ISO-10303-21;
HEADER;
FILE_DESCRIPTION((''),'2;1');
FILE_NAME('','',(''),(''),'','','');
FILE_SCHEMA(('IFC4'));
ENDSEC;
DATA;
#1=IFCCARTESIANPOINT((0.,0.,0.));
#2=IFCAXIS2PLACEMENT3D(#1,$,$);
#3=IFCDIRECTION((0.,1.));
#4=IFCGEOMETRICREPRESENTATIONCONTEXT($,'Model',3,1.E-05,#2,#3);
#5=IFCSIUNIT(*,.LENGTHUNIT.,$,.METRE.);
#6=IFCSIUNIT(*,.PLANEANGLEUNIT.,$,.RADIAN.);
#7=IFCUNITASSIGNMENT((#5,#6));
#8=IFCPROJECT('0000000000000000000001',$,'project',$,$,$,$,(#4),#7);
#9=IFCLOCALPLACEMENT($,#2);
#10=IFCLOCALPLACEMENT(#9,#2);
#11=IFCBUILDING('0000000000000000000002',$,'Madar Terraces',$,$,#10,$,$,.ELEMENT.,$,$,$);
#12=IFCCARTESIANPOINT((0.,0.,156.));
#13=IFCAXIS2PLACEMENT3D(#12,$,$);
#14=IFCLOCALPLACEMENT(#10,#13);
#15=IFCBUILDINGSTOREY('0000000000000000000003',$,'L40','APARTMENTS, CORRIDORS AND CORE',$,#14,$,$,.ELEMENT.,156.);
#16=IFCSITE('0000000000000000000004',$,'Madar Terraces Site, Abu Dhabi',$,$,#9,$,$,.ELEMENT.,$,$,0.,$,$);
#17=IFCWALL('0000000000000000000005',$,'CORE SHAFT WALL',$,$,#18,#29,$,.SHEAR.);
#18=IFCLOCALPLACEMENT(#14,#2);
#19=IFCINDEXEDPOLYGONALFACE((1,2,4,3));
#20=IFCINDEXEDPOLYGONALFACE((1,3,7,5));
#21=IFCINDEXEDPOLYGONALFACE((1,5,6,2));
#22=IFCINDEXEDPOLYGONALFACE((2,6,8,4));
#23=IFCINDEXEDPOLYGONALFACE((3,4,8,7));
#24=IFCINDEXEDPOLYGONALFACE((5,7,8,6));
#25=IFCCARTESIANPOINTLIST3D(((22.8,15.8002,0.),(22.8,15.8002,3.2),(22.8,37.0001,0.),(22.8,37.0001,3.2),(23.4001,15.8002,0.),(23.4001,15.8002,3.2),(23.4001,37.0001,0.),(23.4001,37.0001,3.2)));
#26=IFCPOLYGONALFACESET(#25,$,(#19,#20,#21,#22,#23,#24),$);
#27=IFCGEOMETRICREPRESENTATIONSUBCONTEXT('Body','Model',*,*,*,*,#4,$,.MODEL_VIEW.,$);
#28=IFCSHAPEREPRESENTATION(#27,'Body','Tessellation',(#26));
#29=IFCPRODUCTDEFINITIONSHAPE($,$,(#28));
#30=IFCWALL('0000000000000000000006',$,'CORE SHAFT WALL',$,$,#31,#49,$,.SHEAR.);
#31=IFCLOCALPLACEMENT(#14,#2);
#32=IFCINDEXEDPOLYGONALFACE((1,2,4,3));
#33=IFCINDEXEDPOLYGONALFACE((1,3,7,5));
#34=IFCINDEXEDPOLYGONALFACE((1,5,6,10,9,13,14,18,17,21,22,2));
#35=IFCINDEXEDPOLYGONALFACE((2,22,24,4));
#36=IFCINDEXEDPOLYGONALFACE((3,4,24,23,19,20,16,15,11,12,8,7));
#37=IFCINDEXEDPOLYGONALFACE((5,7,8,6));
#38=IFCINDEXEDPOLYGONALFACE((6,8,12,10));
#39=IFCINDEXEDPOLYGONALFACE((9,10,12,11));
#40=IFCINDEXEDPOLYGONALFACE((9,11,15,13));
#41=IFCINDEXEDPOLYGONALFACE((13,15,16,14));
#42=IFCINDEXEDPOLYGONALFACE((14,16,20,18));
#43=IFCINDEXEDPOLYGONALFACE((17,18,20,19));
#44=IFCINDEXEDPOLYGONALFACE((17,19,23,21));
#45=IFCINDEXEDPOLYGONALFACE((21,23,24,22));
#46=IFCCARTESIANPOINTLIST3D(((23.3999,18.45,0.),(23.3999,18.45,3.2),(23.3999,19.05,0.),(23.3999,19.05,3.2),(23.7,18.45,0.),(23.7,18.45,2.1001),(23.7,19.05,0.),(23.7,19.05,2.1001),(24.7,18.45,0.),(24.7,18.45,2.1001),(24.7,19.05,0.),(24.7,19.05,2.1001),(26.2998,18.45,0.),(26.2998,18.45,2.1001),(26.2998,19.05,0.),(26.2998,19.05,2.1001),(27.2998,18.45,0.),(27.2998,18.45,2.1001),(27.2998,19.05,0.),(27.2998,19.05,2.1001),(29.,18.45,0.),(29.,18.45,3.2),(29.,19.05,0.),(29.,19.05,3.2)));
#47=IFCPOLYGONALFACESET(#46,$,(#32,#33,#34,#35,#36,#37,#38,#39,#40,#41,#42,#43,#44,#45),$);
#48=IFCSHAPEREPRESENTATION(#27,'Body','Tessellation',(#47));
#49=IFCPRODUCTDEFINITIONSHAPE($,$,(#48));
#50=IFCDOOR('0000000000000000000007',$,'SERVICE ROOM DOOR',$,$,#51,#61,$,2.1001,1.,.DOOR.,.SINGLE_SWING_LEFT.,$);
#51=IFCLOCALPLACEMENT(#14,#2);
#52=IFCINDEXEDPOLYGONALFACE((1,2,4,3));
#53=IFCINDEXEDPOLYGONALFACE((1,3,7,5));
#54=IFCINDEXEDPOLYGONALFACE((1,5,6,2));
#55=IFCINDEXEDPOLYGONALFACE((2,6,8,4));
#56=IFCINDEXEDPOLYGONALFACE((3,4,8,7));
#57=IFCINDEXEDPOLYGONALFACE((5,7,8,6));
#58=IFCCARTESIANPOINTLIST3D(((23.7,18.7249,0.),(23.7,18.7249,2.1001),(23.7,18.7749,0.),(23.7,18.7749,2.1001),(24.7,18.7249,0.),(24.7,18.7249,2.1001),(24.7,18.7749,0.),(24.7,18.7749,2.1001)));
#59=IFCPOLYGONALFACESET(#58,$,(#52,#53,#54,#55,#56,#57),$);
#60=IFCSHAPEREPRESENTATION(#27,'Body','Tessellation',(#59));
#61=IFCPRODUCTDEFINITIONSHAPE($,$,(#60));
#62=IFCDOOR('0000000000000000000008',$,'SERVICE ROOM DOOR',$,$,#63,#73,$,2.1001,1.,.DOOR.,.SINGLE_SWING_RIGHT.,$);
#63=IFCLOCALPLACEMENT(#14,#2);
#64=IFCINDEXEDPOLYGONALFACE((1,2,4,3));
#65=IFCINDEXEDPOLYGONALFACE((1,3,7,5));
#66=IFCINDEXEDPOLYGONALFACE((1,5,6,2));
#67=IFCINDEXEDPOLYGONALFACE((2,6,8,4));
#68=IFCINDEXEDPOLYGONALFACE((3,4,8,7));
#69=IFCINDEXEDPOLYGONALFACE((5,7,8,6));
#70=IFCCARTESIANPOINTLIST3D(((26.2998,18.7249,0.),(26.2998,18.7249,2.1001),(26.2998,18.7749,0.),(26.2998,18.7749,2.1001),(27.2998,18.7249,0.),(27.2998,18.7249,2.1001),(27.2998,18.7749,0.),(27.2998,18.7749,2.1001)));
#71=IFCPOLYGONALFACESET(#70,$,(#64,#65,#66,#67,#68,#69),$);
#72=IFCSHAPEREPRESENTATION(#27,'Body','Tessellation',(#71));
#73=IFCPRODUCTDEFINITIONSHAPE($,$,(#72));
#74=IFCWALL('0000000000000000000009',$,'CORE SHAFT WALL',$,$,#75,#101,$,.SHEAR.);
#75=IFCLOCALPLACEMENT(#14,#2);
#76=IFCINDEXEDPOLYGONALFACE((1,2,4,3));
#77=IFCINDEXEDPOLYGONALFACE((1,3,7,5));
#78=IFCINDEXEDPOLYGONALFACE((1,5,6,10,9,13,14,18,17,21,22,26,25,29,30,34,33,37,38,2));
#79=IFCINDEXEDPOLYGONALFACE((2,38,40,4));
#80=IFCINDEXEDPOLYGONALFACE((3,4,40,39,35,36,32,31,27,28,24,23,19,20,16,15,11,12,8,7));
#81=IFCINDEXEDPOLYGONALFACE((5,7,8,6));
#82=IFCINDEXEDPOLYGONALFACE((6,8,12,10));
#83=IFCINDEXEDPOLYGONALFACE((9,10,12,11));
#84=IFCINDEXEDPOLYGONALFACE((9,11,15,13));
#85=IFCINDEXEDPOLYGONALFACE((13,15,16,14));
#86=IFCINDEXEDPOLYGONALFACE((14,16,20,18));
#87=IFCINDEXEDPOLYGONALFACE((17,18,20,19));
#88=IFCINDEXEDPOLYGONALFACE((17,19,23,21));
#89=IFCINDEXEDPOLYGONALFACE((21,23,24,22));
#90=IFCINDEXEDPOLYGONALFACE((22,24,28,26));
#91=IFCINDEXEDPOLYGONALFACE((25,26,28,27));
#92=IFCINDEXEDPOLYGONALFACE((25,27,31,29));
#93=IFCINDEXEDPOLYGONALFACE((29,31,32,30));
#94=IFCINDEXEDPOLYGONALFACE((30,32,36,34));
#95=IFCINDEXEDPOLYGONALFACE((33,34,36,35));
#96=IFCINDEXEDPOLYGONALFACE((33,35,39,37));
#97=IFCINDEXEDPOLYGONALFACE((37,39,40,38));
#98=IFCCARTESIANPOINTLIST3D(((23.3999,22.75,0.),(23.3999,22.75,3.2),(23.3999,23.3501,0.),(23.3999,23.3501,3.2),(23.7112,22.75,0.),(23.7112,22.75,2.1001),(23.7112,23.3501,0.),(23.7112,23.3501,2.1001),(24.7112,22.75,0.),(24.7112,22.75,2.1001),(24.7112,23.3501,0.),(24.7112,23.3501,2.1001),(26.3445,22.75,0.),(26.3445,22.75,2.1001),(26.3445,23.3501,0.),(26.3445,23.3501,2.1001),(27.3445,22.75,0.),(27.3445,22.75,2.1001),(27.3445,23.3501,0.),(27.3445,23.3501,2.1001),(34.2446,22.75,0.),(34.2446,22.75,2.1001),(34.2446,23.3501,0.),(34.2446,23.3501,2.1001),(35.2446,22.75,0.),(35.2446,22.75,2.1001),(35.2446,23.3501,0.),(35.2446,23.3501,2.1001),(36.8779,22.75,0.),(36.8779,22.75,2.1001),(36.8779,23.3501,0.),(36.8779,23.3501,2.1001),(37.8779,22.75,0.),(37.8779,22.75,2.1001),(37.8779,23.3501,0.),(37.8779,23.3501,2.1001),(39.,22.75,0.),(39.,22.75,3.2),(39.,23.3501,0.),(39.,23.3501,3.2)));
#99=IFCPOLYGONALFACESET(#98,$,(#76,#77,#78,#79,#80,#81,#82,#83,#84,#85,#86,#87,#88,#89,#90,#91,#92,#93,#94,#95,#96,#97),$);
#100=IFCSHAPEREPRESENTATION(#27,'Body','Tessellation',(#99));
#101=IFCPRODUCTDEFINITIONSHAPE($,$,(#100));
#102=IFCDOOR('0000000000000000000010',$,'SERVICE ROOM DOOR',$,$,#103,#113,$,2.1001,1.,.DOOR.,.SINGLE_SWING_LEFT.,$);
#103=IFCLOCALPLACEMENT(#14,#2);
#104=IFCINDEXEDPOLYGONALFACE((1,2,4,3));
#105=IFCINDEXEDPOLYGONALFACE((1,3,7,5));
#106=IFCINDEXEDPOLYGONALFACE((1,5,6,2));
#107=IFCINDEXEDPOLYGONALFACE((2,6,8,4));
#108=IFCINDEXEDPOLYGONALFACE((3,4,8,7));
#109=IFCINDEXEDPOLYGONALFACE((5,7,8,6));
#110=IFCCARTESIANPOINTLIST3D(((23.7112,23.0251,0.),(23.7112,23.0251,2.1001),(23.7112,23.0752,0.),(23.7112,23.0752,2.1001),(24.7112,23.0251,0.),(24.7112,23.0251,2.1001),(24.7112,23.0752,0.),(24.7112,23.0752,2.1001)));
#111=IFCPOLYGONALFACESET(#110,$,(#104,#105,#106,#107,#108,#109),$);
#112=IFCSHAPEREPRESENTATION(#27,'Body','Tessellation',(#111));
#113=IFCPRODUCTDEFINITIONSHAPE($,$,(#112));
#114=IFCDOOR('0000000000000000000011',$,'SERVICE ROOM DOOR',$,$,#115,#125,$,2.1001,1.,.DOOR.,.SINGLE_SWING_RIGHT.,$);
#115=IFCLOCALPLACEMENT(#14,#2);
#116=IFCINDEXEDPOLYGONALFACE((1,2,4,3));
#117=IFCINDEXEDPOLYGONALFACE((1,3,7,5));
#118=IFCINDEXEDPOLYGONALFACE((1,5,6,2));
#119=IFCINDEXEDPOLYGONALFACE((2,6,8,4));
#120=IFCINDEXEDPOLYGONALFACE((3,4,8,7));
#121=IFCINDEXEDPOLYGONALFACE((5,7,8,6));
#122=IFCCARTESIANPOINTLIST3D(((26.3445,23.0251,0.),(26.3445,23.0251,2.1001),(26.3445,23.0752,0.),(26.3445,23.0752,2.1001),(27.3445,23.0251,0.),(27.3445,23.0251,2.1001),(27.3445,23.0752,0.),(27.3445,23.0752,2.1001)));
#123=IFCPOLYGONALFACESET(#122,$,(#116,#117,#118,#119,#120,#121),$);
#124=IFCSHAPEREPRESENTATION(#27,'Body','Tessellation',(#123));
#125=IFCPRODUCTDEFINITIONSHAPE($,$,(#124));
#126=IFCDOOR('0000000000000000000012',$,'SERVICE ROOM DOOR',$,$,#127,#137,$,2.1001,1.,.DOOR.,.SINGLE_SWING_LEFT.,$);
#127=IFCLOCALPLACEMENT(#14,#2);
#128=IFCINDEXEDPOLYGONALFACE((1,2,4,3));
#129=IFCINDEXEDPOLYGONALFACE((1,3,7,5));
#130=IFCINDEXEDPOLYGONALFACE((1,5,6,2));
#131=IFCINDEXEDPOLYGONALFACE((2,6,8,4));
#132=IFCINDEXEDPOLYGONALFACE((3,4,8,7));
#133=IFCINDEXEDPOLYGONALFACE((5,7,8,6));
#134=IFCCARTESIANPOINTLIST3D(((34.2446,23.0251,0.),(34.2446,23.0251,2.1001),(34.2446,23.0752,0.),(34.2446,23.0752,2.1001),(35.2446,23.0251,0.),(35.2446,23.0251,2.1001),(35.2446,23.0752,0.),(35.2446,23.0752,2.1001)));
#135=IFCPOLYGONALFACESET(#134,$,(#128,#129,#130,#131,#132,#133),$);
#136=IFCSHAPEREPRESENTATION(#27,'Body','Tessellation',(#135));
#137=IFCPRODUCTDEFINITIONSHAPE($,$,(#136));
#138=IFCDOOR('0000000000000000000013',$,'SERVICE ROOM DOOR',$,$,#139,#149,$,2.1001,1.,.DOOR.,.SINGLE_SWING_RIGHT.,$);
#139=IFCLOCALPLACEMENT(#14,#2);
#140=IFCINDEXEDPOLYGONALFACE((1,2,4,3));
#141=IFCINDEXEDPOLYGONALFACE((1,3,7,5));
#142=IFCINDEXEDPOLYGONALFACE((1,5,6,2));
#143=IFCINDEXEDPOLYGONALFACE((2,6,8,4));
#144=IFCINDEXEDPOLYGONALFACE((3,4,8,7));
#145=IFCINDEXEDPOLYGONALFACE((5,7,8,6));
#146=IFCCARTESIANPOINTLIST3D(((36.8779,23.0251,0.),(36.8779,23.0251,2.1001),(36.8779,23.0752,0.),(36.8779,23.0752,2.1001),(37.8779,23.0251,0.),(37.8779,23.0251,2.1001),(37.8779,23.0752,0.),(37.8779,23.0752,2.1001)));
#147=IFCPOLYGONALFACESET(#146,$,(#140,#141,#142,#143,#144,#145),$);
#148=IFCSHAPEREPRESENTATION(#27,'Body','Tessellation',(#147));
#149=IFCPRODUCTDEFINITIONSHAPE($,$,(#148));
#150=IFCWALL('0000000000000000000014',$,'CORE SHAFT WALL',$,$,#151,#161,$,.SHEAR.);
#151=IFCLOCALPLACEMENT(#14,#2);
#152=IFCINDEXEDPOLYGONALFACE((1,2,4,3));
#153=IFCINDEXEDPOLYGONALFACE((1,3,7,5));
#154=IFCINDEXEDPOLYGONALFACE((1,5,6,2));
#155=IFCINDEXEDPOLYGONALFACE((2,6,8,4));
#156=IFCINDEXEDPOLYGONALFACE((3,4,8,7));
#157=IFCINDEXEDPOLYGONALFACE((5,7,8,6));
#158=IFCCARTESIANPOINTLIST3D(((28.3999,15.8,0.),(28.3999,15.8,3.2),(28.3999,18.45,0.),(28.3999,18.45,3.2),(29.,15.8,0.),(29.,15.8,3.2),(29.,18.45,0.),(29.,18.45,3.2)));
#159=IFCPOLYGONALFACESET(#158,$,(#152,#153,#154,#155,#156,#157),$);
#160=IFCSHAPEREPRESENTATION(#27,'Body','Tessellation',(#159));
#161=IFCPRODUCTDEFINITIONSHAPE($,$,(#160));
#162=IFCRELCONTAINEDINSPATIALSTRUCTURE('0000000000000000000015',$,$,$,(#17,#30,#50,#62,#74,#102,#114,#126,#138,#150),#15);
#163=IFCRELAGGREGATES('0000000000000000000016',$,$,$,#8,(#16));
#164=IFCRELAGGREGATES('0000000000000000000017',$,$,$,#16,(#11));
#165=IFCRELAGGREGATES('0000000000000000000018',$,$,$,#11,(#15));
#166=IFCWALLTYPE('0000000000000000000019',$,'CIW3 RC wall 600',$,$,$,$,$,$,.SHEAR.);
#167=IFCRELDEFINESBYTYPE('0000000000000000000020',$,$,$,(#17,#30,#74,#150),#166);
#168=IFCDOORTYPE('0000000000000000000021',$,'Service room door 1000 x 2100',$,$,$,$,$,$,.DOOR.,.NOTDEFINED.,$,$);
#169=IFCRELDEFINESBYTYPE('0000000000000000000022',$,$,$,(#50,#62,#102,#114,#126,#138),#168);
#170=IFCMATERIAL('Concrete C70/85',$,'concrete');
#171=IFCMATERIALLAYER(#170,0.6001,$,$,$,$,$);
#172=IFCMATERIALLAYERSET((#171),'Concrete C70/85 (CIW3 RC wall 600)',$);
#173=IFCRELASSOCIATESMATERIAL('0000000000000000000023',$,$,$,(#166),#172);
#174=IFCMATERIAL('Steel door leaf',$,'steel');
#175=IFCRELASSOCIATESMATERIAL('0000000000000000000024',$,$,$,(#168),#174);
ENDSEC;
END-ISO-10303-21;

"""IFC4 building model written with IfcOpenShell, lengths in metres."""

from ifc_helpers import new_model, si_unit, direction, frame, frame_2d, origin, place, context, subcontext, project, spatial, rectangle, extrude, material, layer, layer_set, type_object, element, fill, save


model = new_model("IFC4")

# Units and contexts
model_context = context("Model", 3, precision=1e-05, world=origin(), true_north=direction((0.0, 1.0)))
body_context = subcontext(model_context, "Body", "Model", "MODEL_VIEW")
ifc_project = project(units=[si_unit("LENGTHUNIT", "METRE"), si_unit("PLANEANGLEUNIT", "RADIAN")], contexts=[model_context])

# Site, building, storey
site_placement = place(None, origin())
site = spatial("IfcSite", under=ifc_project, at=site_placement, Name="Madar Terraces Site, Abu Dhabi", CompositionType="ELEMENT", RefElevation=0.0)
building_placement = place(site_placement, origin())
building = spatial("IfcBuilding", under=site, at=building_placement, Name="Madar Terraces", CompositionType="ELEMENT")
storey_placement = place(building_placement, frame((0.0, 0.0, 156.0)))
storey = spatial("IfcBuildingStorey", under=building, at=storey_placement, Name="L40", Description="APARTMENTS, CORRIDORS AND CORE", CompositionType="ELEMENT", Elevation=156.0)

# Wall
ifc_material_1 = material(Name="Concrete C70/85", Category="concrete")
ifc_layer_1 = layer(ifc_material_1, 0.6001)
ifc_layer_set_1 = layer_set([ifc_layer_1], Name="Concrete C70/85 (CIW3 RC wall 600)")
wall_type_1 = type_object("IfcWallType", Name="CIW3 RC wall 600", PredefinedType="SHEAR", material=ifc_layer_set_1)
wall_1_placement = place(storey_placement, frame((23.1001, 15.8, 0.0), z_axis=(0.0, 0.0, 1.0), x_axis=(0.0, 1.0, 0.0)))
element("IfcWall", 1, at=wall_1_placement, inside=storey, type_object=wall_type_1, Name="CORE SHAFT WALL", PredefinedType="SHEAR", context=body_context, shape_type="SweptSolid", body=[
    extrude(rectangle(XDim=21.2, YDim=0.6001, at=frame_2d((10.6001, 0.0))), origin(), (0.0, 0.0, 1.0), 3.2),
])

# Walls, openings, doors
wall_2_placement = place(storey_placement, frame((23.3999, 18.75, 0.0), z_axis=(0.0, 0.0, 1.0), x_axis=(1.0, 0.0, 0.0)))
wall_2 = element("IfcWall", 2, at=wall_2_placement, inside=storey, type_object=wall_type_1, Name="CORE SHAFT WALL", PredefinedType="SHEAR", context=body_context, shape_type="SweptSolid", body=[
    extrude(rectangle(XDim=5.6001, YDim=0.6001, at=frame_2d((2.8, 0.0))), origin(), (0.0, 0.0, 1.0), 3.2),
])
opening_1_placement = place(wall_2_placement, frame((0.3, 0.0, 0.0)))
opening_1 = element("IfcOpeningElement", 3, at=opening_1_placement, cuts=wall_2, PredefinedType="OPENING", context=body_context, shape_type="SweptSolid", body=[
    extrude(rectangle(XDim=1.0, YDim=2.1001, at=frame_2d((0.5, 1.05))), frame((0.0, 0.3101, 0.0), z_axis=(0.0, -1.0, 0.0), x_axis=(1.0, 0.0, 0.0)), (0.0, 0.0, 1.0), 0.6201),
])
opening_2_placement = place(wall_2_placement, frame((2.8999, 0.0, 0.0)))
opening_2 = element("IfcOpeningElement", 4, at=opening_2_placement, cuts=wall_2, PredefinedType="OPENING", context=body_context, shape_type="SweptSolid", body=[
    extrude(rectangle(XDim=1.0, YDim=2.1001, at=frame_2d((0.5, 1.05))), frame((0.0, 0.3101, 0.0), z_axis=(0.0, -1.0, 0.0), x_axis=(1.0, 0.0, 0.0)), (0.0, 0.0, 1.0), 0.6201),
])
ifc_material_2 = material(Name="Steel door leaf", Category="steel")
door_type = type_object("IfcDoorType", Name="Service room door 1000 x 2100", OperationType="NOTDEFINED", PredefinedType="DOOR", material=ifc_material_2)
door_1_placement = place(opening_1_placement, origin())
door_1 = element("IfcDoor", 5, at=door_1_placement, inside=storey, type_object=door_type, Name="SERVICE ROOM DOOR", OperationType="SINGLE_SWING_LEFT", OverallHeight=2.1001, OverallWidth=1.0, PredefinedType="DOOR", context=body_context, shape_type="SweptSolid", body=[
    extrude(rectangle(XDim=1.0, YDim=2.1001, at=frame_2d((0.5, 1.05))), frame((0.0, 0.0249, 0.0), z_axis=(0.0, -1.0, 0.0), x_axis=(1.0, 0.0, 0.0)), (0.0, 0.0, 1.0), 0.05),
])
fill(opening_1, door_1)
door_2_placement = place(opening_2_placement, origin())
door_2 = element("IfcDoor", 6, at=door_2_placement, inside=storey, type_object=door_type, Name="SERVICE ROOM DOOR", OperationType="SINGLE_SWING_RIGHT", OverallHeight=2.1001, OverallWidth=1.0, PredefinedType="DOOR", context=body_context, shape_type="SweptSolid", body=[
    extrude(rectangle(XDim=1.0, YDim=2.1001, at=frame_2d((0.5, 1.05))), frame((0.0, 0.0249, 0.0), z_axis=(0.0, -1.0, 0.0), x_axis=(1.0, 0.0, 0.0)), (0.0, 0.0, 1.0), 0.05),
])
fill(opening_2, door_2)
wall_3_placement = place(storey_placement, frame((23.3999, 23.05, 0.0), z_axis=(0.0, 0.0, 1.0), x_axis=(1.0, 0.0, 0.0)))
wall_3 = element("IfcWall", 7, at=wall_3_placement, inside=storey, type_object=wall_type_1, Name="CORE SHAFT WALL", PredefinedType="SHEAR", context=body_context, shape_type="SweptSolid", body=[
    extrude(rectangle(XDim=15.6001, YDim=0.6001, at=frame_2d((7.8, 0.0))), origin(), (0.0, 0.0, 1.0), 3.2),
])
opening_3_placement = place(wall_3_placement, frame((0.3113, 0.0, 0.0)))
opening_3 = element("IfcOpeningElement", 8, at=opening_3_placement, cuts=wall_3, PredefinedType="OPENING", context=body_context, shape_type="SweptSolid", body=[
    extrude(rectangle(XDim=1.0, YDim=2.1001, at=frame_2d((0.5, 1.05))), frame((0.0, 0.3101, 0.0), z_axis=(0.0, -1.0, 0.0), x_axis=(1.0, 0.0, 0.0)), (0.0, 0.0, 1.0), 0.6201),
])
opening_4_placement = place(wall_3_placement, frame((2.9446, 0.0, 0.0)))
opening_4 = element("IfcOpeningElement", 9, at=opening_4_placement, cuts=wall_3, PredefinedType="OPENING", context=body_context, shape_type="SweptSolid", body=[
    extrude(rectangle(XDim=1.0, YDim=2.1001, at=frame_2d((0.5, 1.05))), frame((0.0, 0.3101, 0.0), z_axis=(0.0, -1.0, 0.0), x_axis=(1.0, 0.0, 0.0)), (0.0, 0.0, 1.0), 0.6201),
])
opening_5_placement = place(wall_3_placement, frame((10.8447, 0.0, 0.0)))
opening_5 = element("IfcOpeningElement", 10, at=opening_5_placement, cuts=wall_3, PredefinedType="OPENING", context=body_context, shape_type="SweptSolid", body=[
    extrude(rectangle(XDim=1.0, YDim=2.1001, at=frame_2d((0.5, 1.05))), frame((0.0, 0.3101, 0.0), z_axis=(0.0, -1.0, 0.0), x_axis=(1.0, 0.0, 0.0)), (0.0, 0.0, 1.0), 0.6201),
])
opening_6_placement = place(wall_3_placement, frame((13.478, 0.0, 0.0)))
opening_6 = element("IfcOpeningElement", 11, at=opening_6_placement, cuts=wall_3, PredefinedType="OPENING", context=body_context, shape_type="SweptSolid", body=[
    extrude(rectangle(XDim=1.0, YDim=2.1001, at=frame_2d((0.5, 1.05))), frame((0.0, 0.3101, 0.0), z_axis=(0.0, -1.0, 0.0), x_axis=(1.0, 0.0, 0.0)), (0.0, 0.0, 1.0), 0.6201),
])
door_3_placement = place(opening_3_placement, frame((1.0, 0.0, 0.0), z_axis=(0.0, 0.0, 1.0), x_axis=(-1.0, 0.0, 0.0)))
door_3 = element("IfcDoor", 12, at=door_3_placement, inside=storey, type_object=door_type, Name="SERVICE ROOM DOOR", OperationType="SINGLE_SWING_LEFT", OverallHeight=2.1001, OverallWidth=1.0, PredefinedType="DOOR", context=body_context, shape_type="SweptSolid", body=[
    extrude(rectangle(XDim=1.0, YDim=2.1001, at=frame_2d((0.5, 1.05))), frame((0.0, 0.0249, 0.0), z_axis=(0.0, -1.0, 0.0), x_axis=(1.0, 0.0, 0.0)), (0.0, 0.0, 1.0), 0.05),
])
fill(opening_3, door_3)
door_4_placement = place(opening_4_placement, frame((1.0, 0.0, 0.0), z_axis=(0.0, 0.0, 1.0), x_axis=(-1.0, 0.0, 0.0)))
door_4 = element("IfcDoor", 13, at=door_4_placement, inside=storey, type_object=door_type, Name="SERVICE ROOM DOOR", OperationType="SINGLE_SWING_RIGHT", OverallHeight=2.1001, OverallWidth=1.0, PredefinedType="DOOR", context=body_context, shape_type="SweptSolid", body=[
    extrude(rectangle(XDim=1.0, YDim=2.1001, at=frame_2d((0.5, 1.05))), frame((0.0, 0.0249, 0.0), z_axis=(0.0, -1.0, 0.0), x_axis=(1.0, 0.0, 0.0)), (0.0, 0.0, 1.0), 0.05),
])
fill(opening_4, door_4)
door_5_placement = place(opening_5_placement, frame((1.0, 0.0, 0.0), z_axis=(0.0, 0.0, 1.0), x_axis=(-1.0, 0.0, 0.0)))
door_5 = element("IfcDoor", 14, at=door_5_placement, inside=storey, type_object=door_type, Name="SERVICE ROOM DOOR", OperationType="SINGLE_SWING_LEFT", OverallHeight=2.1001, OverallWidth=1.0, PredefinedType="DOOR", context=body_context, shape_type="SweptSolid", body=[
    extrude(rectangle(XDim=1.0, YDim=2.1001, at=frame_2d((0.5, 1.05))), frame((0.0, 0.0249, 0.0), z_axis=(0.0, -1.0, 0.0), x_axis=(1.0, 0.0, 0.0)), (0.0, 0.0, 1.0), 0.05),
])
fill(opening_5, door_5)
door_6_placement = place(opening_6_placement, frame((1.0, 0.0, 0.0), z_axis=(0.0, 0.0, 1.0), x_axis=(-1.0, 0.0, 0.0)))
door_6 = element("IfcDoor", 15, at=door_6_placement, inside=storey, type_object=door_type, Name="SERVICE ROOM DOOR", OperationType="SINGLE_SWING_RIGHT", OverallHeight=2.1001, OverallWidth=1.0, PredefinedType="DOOR", context=body_context, shape_type="SweptSolid", body=[
    extrude(rectangle(XDim=1.0, YDim=2.1001, at=frame_2d((0.5, 1.05))), frame((0.0, 0.0249, 0.0), z_axis=(0.0, -1.0, 0.0), x_axis=(1.0, 0.0, 0.0)), (0.0, 0.0, 1.0), 0.05),
])
fill(opening_6, door_6)

# Wall
wall_4_placement = place(storey_placement, frame((28.7, 15.8, 0.0), z_axis=(0.0, 0.0, 1.0), x_axis=(0.0, 1.0, 0.0)))
element("IfcWall", 16, at=wall_4_placement, inside=storey, type_object=wall_type_1, Name="CORE SHAFT WALL", PredefinedType="SHEAR", context=body_context, shape_type="SweptSolid", body=[
    extrude(rectangle(XDim=2.6499, YDim=0.6001, at=frame_2d((1.325, 0.0))), origin(), (0.0, 0.0, 1.0), 3.2),
])

save(model, "model.ifc")
